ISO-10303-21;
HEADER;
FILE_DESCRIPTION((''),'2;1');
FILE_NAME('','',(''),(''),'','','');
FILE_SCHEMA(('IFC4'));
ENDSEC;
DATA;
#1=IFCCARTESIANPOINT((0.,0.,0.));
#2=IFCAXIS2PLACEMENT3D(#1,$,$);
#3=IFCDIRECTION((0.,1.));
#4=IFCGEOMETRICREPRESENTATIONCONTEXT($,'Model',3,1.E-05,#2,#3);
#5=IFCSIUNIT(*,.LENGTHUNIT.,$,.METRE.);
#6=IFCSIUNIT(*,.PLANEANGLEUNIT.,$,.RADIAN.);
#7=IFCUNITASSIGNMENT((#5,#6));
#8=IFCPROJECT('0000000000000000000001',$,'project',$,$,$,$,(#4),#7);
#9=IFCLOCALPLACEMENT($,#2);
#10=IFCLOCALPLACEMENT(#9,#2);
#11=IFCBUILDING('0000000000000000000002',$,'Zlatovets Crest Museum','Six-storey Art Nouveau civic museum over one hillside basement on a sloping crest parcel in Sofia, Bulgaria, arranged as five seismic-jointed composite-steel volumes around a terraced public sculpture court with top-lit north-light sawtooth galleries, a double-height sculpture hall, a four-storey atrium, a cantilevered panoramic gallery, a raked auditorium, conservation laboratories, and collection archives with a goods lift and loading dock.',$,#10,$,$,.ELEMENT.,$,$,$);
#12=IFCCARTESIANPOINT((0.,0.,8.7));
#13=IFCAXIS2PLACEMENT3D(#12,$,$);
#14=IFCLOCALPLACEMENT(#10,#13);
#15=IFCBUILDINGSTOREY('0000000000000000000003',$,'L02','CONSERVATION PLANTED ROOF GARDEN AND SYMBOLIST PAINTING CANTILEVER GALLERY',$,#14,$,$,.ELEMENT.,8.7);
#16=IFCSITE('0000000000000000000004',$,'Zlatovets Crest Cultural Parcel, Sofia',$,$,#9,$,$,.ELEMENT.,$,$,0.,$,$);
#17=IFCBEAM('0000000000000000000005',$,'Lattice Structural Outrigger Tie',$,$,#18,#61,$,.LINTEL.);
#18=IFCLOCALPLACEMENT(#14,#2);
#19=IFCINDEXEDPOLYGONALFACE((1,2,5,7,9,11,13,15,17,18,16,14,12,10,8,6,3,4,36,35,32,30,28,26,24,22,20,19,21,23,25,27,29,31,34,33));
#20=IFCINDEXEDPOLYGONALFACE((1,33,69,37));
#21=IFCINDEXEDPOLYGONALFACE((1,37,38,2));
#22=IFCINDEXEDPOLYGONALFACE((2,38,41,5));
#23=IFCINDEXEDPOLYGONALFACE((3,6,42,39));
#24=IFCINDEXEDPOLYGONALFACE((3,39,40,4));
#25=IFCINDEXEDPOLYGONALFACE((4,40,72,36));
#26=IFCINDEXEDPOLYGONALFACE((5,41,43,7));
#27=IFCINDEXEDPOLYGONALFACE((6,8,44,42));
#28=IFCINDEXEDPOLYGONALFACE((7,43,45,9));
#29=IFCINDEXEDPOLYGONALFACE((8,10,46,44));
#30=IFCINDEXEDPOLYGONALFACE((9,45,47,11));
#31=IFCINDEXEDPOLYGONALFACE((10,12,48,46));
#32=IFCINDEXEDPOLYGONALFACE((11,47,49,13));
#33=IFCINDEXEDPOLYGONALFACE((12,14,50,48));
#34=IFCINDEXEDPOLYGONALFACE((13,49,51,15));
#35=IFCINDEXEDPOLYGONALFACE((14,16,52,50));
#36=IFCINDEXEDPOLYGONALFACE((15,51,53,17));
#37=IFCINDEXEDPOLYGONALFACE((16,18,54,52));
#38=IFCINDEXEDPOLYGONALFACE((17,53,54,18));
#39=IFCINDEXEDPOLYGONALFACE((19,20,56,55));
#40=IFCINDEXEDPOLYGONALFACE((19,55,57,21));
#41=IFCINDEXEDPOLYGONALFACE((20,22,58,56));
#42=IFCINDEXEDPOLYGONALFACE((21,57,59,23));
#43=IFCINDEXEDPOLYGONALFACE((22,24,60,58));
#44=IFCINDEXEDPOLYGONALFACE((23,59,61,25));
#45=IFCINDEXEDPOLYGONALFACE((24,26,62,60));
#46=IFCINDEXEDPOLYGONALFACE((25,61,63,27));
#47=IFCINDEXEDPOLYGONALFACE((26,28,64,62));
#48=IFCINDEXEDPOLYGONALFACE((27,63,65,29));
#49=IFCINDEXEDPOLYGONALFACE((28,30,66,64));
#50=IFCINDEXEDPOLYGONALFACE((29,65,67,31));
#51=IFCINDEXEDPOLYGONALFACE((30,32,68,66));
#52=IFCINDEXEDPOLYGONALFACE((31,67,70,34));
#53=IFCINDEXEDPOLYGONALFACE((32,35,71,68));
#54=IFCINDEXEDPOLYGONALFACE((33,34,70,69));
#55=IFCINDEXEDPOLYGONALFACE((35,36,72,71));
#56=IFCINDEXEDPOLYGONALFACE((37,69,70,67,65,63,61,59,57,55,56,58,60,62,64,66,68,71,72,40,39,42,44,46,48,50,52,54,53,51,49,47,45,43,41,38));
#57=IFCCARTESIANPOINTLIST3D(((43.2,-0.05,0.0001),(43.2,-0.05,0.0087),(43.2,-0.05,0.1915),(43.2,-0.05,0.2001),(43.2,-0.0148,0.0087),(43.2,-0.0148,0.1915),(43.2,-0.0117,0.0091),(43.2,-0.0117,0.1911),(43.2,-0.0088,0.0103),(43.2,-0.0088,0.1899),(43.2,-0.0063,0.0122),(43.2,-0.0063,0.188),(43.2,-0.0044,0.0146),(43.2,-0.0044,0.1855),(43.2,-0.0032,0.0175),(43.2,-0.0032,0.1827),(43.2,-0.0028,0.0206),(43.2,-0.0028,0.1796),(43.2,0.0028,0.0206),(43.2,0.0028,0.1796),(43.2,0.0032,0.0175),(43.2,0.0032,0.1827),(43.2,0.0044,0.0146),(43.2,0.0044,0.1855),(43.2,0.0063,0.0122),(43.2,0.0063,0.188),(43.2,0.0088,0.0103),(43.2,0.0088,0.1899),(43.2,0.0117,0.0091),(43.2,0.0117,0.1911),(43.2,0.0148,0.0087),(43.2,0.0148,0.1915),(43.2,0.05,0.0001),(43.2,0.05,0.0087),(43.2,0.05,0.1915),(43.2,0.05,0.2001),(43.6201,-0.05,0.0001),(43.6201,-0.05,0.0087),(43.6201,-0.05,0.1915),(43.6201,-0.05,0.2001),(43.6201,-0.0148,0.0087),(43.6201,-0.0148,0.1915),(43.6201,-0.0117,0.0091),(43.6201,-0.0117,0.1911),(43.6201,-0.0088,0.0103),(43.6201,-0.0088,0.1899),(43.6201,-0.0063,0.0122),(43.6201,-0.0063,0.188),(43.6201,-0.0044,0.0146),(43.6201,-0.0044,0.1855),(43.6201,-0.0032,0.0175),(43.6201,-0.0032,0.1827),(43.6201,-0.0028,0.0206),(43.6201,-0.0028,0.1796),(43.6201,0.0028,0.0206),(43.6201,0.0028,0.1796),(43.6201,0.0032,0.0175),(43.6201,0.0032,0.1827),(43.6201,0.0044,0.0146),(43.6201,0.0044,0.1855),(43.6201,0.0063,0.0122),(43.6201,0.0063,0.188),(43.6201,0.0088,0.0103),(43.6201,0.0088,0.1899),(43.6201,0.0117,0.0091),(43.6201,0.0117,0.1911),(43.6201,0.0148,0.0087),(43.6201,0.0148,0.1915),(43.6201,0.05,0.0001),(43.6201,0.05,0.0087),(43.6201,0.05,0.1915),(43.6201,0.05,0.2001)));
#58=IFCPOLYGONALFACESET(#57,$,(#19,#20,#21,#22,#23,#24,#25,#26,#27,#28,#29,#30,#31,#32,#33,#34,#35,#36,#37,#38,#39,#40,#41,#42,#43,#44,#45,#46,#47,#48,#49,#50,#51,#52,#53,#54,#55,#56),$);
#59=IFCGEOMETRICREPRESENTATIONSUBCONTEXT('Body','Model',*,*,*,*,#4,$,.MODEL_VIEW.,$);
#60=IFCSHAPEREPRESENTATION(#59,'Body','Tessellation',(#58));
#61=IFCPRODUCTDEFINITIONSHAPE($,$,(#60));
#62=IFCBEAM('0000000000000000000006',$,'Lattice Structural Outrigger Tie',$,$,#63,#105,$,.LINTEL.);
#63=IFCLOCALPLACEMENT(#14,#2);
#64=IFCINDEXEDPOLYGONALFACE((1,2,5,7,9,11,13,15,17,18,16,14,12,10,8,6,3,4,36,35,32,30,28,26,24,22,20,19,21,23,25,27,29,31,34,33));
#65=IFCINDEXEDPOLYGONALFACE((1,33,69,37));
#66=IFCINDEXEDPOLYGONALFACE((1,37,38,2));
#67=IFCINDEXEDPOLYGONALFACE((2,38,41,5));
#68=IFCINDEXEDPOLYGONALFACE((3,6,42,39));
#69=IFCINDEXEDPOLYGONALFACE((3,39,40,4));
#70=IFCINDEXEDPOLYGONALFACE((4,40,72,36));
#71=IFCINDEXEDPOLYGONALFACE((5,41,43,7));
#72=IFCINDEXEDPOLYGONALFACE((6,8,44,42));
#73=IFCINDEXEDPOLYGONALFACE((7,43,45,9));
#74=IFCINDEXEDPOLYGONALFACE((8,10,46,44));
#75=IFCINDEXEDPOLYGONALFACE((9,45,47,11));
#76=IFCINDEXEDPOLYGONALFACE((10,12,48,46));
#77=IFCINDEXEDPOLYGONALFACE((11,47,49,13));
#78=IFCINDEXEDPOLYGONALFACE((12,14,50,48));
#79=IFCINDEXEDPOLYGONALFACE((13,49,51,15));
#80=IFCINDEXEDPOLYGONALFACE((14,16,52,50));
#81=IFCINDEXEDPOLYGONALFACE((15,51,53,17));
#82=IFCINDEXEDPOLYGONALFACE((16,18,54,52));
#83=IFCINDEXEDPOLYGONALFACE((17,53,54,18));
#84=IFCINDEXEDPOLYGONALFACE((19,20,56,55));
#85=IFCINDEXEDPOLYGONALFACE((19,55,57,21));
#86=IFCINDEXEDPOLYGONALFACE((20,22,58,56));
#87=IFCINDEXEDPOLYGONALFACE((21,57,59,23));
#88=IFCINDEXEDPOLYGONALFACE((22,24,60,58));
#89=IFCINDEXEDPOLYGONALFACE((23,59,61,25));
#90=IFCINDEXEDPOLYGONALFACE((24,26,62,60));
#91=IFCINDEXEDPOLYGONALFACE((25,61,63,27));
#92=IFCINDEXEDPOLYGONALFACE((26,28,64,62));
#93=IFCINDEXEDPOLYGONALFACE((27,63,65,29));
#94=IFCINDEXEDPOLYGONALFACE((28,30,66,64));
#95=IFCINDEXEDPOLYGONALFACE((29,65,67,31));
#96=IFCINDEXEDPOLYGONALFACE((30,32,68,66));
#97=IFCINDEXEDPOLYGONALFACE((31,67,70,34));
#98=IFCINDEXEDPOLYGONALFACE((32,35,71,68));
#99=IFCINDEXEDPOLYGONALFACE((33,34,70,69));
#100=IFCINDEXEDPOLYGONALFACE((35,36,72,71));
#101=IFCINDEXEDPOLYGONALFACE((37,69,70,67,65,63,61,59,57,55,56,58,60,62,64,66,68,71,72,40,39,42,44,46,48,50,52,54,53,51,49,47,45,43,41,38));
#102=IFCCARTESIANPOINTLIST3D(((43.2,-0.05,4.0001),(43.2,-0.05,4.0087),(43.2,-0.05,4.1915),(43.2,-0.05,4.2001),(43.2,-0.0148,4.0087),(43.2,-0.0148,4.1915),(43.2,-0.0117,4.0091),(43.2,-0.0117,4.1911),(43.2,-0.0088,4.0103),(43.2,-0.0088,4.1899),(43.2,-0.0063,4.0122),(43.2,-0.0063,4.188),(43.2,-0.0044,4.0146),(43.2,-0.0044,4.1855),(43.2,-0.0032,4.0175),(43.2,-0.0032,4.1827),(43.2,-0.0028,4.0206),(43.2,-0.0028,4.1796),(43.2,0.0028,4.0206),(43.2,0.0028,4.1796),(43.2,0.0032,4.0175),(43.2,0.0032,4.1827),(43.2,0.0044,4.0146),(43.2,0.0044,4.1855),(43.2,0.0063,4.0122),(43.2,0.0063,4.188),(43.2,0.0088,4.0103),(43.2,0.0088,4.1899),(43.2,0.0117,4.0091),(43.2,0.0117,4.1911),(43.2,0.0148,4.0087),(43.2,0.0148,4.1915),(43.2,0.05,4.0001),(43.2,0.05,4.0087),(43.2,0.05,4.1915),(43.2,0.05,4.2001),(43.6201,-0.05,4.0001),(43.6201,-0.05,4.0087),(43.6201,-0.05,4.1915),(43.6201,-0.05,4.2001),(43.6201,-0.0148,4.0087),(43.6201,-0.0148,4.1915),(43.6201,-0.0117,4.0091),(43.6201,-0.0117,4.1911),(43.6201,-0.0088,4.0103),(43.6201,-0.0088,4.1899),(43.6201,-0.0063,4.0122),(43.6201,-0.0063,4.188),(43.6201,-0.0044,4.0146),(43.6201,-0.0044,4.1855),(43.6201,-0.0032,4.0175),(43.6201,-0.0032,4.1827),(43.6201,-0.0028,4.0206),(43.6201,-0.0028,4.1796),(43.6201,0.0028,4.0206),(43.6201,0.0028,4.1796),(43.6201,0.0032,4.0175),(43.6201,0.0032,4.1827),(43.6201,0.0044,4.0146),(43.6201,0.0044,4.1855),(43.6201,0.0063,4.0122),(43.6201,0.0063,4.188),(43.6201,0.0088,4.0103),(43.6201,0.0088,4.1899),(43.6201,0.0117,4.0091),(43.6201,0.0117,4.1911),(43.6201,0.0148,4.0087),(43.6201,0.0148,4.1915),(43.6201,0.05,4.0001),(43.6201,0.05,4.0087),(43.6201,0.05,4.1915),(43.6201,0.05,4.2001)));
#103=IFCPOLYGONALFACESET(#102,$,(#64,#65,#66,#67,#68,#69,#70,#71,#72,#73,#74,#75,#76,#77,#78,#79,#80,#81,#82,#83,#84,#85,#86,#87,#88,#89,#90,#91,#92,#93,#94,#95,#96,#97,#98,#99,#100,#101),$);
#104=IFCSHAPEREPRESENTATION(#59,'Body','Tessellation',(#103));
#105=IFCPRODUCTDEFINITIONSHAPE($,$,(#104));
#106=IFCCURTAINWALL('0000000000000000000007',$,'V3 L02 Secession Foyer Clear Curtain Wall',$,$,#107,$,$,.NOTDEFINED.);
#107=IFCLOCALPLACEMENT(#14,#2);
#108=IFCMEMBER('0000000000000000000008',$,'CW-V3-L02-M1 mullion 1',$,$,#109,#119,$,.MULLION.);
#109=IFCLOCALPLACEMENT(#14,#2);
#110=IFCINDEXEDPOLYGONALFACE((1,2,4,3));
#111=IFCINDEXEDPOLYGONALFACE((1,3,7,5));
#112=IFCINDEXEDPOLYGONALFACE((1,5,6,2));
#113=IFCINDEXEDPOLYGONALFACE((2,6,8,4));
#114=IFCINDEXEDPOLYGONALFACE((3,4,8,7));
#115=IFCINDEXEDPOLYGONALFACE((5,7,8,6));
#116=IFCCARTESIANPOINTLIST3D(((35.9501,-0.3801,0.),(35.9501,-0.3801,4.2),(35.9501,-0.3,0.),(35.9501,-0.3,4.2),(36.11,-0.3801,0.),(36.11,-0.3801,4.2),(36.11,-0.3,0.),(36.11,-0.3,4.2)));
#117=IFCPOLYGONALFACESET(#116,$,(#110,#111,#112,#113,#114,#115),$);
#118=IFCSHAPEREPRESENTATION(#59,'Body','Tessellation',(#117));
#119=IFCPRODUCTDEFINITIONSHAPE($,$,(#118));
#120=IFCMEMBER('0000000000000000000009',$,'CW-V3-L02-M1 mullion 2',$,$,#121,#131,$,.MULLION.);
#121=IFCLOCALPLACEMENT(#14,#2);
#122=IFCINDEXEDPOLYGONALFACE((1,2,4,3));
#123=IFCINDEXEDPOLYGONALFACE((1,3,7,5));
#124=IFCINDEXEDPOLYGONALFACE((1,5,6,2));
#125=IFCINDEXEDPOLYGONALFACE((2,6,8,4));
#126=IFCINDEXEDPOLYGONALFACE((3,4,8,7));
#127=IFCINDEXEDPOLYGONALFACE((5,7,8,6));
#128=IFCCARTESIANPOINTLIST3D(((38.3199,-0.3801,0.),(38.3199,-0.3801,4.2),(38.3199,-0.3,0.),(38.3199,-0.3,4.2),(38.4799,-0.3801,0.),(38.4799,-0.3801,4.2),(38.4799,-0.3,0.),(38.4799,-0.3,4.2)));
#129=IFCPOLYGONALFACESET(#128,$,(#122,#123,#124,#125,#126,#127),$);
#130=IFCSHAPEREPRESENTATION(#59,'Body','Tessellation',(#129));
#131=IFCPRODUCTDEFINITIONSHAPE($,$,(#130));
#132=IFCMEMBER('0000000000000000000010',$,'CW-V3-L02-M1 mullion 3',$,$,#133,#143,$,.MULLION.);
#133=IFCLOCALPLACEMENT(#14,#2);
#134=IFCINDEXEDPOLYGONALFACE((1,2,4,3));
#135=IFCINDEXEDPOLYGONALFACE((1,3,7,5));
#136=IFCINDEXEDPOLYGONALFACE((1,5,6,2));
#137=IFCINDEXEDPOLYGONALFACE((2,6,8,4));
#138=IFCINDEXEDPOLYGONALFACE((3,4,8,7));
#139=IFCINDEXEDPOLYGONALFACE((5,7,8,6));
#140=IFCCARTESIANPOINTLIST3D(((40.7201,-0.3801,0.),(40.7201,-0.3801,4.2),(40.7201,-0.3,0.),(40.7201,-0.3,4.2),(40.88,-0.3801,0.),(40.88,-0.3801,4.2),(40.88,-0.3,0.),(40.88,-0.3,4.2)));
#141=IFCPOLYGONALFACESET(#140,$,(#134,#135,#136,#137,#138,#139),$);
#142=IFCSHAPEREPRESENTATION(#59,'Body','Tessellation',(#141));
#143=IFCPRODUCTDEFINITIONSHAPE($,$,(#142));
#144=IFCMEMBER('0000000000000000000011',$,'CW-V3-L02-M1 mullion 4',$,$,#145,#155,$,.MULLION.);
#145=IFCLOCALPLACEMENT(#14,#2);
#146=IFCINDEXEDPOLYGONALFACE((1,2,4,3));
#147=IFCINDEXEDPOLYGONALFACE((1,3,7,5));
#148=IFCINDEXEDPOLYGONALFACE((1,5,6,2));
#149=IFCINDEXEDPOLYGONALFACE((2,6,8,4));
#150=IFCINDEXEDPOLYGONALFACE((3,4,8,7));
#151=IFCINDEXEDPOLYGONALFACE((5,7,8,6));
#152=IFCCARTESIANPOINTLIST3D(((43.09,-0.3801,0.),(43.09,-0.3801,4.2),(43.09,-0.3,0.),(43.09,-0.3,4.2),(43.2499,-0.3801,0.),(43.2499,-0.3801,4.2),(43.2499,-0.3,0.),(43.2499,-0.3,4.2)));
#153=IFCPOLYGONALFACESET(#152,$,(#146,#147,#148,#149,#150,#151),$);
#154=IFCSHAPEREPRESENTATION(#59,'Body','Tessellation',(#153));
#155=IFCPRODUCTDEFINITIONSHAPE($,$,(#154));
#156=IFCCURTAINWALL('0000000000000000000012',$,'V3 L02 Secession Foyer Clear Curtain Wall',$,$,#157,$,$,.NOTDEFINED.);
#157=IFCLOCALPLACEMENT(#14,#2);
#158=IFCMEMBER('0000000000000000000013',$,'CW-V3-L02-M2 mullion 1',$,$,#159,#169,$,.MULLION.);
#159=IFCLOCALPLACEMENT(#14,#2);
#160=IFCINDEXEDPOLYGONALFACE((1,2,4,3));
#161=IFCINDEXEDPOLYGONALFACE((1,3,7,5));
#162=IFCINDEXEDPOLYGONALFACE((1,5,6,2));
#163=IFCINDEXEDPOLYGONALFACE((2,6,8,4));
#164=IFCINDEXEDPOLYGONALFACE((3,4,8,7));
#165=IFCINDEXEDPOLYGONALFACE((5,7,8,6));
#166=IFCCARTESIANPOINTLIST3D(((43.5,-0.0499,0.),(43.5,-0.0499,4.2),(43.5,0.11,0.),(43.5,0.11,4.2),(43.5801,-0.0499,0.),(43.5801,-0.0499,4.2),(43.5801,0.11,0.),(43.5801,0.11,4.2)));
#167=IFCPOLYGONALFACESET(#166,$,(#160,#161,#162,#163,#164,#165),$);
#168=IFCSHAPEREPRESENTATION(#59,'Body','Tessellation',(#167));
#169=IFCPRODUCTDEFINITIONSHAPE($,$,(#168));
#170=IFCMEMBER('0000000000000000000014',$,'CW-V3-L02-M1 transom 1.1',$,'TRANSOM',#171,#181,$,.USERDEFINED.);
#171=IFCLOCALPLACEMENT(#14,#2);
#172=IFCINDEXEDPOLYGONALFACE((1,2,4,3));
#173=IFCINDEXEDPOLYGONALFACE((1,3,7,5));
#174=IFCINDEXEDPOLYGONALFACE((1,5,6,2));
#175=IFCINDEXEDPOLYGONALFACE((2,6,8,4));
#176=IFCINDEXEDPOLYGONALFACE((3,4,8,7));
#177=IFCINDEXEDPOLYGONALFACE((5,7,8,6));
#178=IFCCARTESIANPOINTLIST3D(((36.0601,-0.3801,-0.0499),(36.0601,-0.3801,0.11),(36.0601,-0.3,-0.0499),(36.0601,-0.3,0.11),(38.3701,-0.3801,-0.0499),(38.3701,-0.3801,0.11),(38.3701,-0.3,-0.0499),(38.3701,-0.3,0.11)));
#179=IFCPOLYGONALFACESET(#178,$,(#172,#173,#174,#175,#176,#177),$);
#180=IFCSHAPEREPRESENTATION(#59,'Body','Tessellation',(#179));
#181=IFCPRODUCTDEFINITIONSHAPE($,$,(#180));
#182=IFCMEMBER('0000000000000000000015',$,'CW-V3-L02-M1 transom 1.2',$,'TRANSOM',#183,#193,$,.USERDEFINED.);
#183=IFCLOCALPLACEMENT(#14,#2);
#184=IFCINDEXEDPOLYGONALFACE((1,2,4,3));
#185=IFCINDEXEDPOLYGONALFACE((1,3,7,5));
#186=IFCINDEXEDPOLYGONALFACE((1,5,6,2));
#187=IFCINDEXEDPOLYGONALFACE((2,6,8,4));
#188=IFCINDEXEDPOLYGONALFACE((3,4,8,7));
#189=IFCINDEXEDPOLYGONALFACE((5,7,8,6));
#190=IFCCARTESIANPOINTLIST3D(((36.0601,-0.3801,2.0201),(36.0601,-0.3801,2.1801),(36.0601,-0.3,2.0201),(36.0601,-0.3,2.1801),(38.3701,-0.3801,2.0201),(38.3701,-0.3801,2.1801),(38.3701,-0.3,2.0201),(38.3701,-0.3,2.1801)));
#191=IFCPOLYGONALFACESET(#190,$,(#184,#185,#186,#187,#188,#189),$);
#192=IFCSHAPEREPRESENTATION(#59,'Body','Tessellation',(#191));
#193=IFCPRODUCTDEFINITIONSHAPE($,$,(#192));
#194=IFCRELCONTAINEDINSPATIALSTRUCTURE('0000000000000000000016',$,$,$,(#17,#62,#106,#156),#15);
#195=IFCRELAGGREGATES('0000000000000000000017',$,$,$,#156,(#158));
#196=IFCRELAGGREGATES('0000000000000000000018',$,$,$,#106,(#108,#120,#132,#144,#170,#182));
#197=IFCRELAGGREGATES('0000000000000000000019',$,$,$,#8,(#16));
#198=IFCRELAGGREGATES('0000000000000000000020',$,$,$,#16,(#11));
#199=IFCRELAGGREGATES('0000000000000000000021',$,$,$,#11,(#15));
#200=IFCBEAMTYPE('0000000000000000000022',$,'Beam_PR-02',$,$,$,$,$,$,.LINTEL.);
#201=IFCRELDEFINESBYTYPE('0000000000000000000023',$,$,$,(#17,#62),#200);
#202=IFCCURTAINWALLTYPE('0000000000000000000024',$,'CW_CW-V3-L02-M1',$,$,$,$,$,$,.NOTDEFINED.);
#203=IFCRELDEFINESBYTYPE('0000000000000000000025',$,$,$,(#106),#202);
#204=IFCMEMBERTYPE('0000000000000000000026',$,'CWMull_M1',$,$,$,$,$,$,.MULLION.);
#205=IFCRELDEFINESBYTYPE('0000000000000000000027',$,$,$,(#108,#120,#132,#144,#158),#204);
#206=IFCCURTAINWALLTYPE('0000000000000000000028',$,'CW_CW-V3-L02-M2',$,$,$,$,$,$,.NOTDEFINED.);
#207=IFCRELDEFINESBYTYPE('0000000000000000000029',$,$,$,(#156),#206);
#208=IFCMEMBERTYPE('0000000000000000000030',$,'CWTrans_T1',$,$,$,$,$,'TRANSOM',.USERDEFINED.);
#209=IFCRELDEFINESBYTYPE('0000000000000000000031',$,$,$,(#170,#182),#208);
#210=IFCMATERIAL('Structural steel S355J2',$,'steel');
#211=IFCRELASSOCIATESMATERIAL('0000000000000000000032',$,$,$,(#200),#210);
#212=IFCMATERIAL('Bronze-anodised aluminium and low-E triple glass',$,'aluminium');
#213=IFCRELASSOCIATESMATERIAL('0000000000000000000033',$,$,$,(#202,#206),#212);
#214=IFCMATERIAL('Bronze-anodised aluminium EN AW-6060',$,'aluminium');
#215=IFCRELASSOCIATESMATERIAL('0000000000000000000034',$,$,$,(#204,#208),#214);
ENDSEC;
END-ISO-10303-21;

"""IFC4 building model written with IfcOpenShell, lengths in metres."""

from ifc_helpers import new_model, si_unit, direction, frame, origin, origin_2d, place, context, subcontext, project, spatial, rectangle, i_section, extrude, material, material_profile, profile_set, type_object, element, aggregate, save


model = new_model("IFC4")

# Units and contexts
model_context = context("Model", 3, precision=1e-05, world=origin(), true_north=direction((0.0, 1.0)))
body_context = subcontext(model_context, "Body", "Model", "MODEL_VIEW")
ifc_project = project(units=[si_unit("LENGTHUNIT", "METRE"), si_unit("PLANEANGLEUNIT", "RADIAN")], contexts=[model_context])

# Site, building, storey
site_placement = place(None, origin())
site = spatial("IfcSite", under=ifc_project, at=site_placement, Name="Zlatovets Crest Cultural Parcel, Sofia", CompositionType="ELEMENT", RefElevation=0.0)
building_placement = place(site_placement, origin())
building = spatial("IfcBuilding", under=site, at=building_placement, Name="Zlatovets Crest Museum", Description="Six-storey Art Nouveau civic museum over one hillside basement on a sloping crest parcel in Sofia, Bulgaria, arranged as five seismic-jointed composite-steel volumes around a terraced public sculpture court with top-lit north-light sawtooth galleries, a double-height sculpture hall, a four-storey atrium, a cantilevered panoramic gallery, a raked auditorium, conservation laboratories, and collection archives with a goods lift and loading dock.", CompositionType="ELEMENT")
storey_placement = place(building_placement, frame((0.0, 0.0, 8.7)))
storey = spatial("IfcBuildingStorey", under=building, at=storey_placement, Name="L02", Description="CONSERVATION PLANTED ROOF GARDEN AND SYMBOLIST PAINTING CANTILEVER GALLERY", CompositionType="ELEMENT", Elevation=8.7)

# Shared definitions
ifc_material_1 = material(Name="Structural steel S355J2", Category="steel")

# Beams
ifc_material_profile_1 = material_profile(ifc_material_1, i_section(OverallWidth=0.1001, OverallDepth=0.2, WebThickness=0.0056, FlangeThickness=0.0085, FilletRadius=0.012, at=origin_2d()), Name="IPE 200")
ifc_profile_set_1 = profile_set([ifc_material_profile_1], Name="Structural steel S355J2")
beam_type_1 = type_object("IfcBeamType", Name="Beam_PR-02", PredefinedType="LINTEL", material=ifc_profile_set_1)
for number, where, z_axis, x_axis, name in (
    (1, (43.2, 0.0, 0.1001), (1.0, 0.0, 0.0), (0.0, 1.0, 0.0), "Lattice Structural Outrigger Tie"),
    (2, (43.2, 0.0, 4.1001), (1.0, 0.0, 0.0), (0.0, 1.0, 0.0), "Lattice Structural Outrigger Tie"),
):
    element("IfcBeam", number, at=place(storey_placement, frame(where, z_axis=z_axis, x_axis=x_axis)), inside=storey, type_object=beam_type_1, Name=name, PredefinedType="LINTEL", context=body_context, shape_type="SweptSolid", body=[
        extrude(i_section(OverallWidth=0.1001, OverallDepth=0.2, WebThickness=0.0056, FlangeThickness=0.0085, FilletRadius=0.012, at=origin_2d()), origin(), (0.0, 0.0, 1.0), 0.4202),
    ])

# Curtain wall, members
ifc_material_2 = material(Name="Bronze-anodised aluminium and low-E triple glass", Category="aluminium")
curtain_wall_type_1 = type_object("IfcCurtainWallType", Name="CW_CW-V3-L02-M1", PredefinedType="NOTDEFINED", material=ifc_material_2)
curtain_wall_1_placement = place(storey_placement, origin())
curtain_wall_1 = element("IfcCurtainWall", 3, at=curtain_wall_1_placement, inside=storey, type_object=curtain_wall_type_1, Name="V3 L02 Secession Foyer Clear Curtain Wall", PredefinedType="NOTDEFINED")
ifc_material_3 = material(Name="Bronze-anodised aluminium EN AW-6060", Category="aluminium")
ifc_material_profile_2 = material_profile(ifc_material_3, rectangle(XDim=0.0801, YDim=0.1599, at=origin_2d()), Name="ALU 80x160")
ifc_profile_set_2 = profile_set([ifc_material_profile_2], Name="Bronze-anodised aluminium EN AW-6060")
member_type_1 = type_object("IfcMemberType", Name="CWMull_M1", PredefinedType="MULLION", material=ifc_profile_set_2)
member_1_placement = place(storey_placement, frame((36.03, -0.3401, 0.0), z_axis=(0.0, 0.0, 1.0), x_axis=(0.0, 1.0, 0.0)))
member_1 = element("IfcMember", 4, at=member_1_placement, type_object=member_type_1, Name="CW-V3-L02-M1 mullion 1", PredefinedType="MULLION", context=body_context, shape_type="SweptSolid", body=[
    extrude(rectangle(XDim=0.0801, YDim=0.1599, at=origin_2d()), origin(), (0.0, 0.0, 1.0), 4.2),
])
member_2_placement = place(storey_placement, frame((38.3999, -0.3401, 0.0), z_axis=(0.0, 0.0, 1.0), x_axis=(0.0, 1.0, 0.0)))
member_2 = element("IfcMember", 5, at=member_2_placement, type_object=member_type_1, Name="CW-V3-L02-M1 mullion 2", PredefinedType="MULLION", context=body_context, shape_type="SweptSolid", body=[
    extrude(rectangle(XDim=0.0801, YDim=0.1599, at=origin_2d()), origin(), (0.0, 0.0, 1.0), 4.2),
])
member_3_placement = place(storey_placement, frame((40.8, -0.3401, 0.0), z_axis=(0.0, 0.0, 1.0), x_axis=(0.0, 1.0, 0.0)))
member_3 = element("IfcMember", 6, at=member_3_placement, type_object=member_type_1, Name="CW-V3-L02-M1 mullion 3", PredefinedType="MULLION", context=body_context, shape_type="SweptSolid", body=[
    extrude(rectangle(XDim=0.0801, YDim=0.1599, at=origin_2d()), origin(), (0.0, 0.0, 1.0), 4.2),
])
member_4_placement = place(storey_placement, frame((43.1699, -0.3401, 0.0), z_axis=(0.0, 0.0, 1.0), x_axis=(0.0, 1.0, 0.0)))
member_4 = element("IfcMember", 7, at=member_4_placement, type_object=member_type_1, Name="CW-V3-L02-M1 mullion 4", PredefinedType="MULLION", context=body_context, shape_type="SweptSolid", body=[
    extrude(rectangle(XDim=0.0801, YDim=0.1599, at=origin_2d()), origin(), (0.0, 0.0, 1.0), 4.2),
])

# Curtain wall, member
curtain_wall_type_2 = type_object("IfcCurtainWallType", Name="CW_CW-V3-L02-M2", PredefinedType="NOTDEFINED", material=ifc_material_2)
curtain_wall_2_placement = place(storey_placement, origin())
curtain_wall_2 = element("IfcCurtainWall", 8, at=curtain_wall_2_placement, inside=storey, type_object=curtain_wall_type_2, Name="V3 L02 Secession Foyer Clear Curtain Wall", PredefinedType="NOTDEFINED")
member_5_placement = place(storey_placement, frame((43.54, 0.03, 0.0), z_axis=(0.0, 0.0, 1.0), x_axis=(-1.0, 0.0, 0.0)))
member_5 = element("IfcMember", 9, at=member_5_placement, type_object=member_type_1, Name="CW-V3-L02-M2 mullion 1", PredefinedType="MULLION", context=body_context, shape_type="SweptSolid", body=[
    extrude(rectangle(XDim=0.0801, YDim=0.1599, at=origin_2d()), origin(), (0.0, 0.0, 1.0), 4.2),
])

# Members
ifc_material_profile_3 = material_profile(ifc_material_3, rectangle(XDim=0.0801, YDim=0.1599, at=origin_2d()), Name="ALU 80x160")
ifc_profile_set_3 = profile_set([ifc_material_profile_3], Name="Bronze-anodised aluminium EN AW-6060")
member_type_2 = type_object("IfcMemberType", Name="CWTrans_T1", ElementType="TRANSOM", PredefinedType="USERDEFINED", material=ifc_profile_set_3)
member_6_placement = place(storey_placement, frame((36.0601, -0.3401, 0.03), z_axis=(1.0, 0.0, 0.0), x_axis=(0.0, 1.0, 0.0)))
member_6 = element("IfcMember", 10, at=member_6_placement, type_object=member_type_2, Name="CW-V3-L02-M1 transom 1.1", ObjectType="TRANSOM", PredefinedType="USERDEFINED", context=body_context, shape_type="SweptSolid", body=[
    extrude(rectangle(XDim=0.0801, YDim=0.1599, at=origin_2d()), origin(), (0.0, 0.0, 1.0), 2.3101),
])
member_7_placement = place(storey_placement, frame((36.0601, -0.3401, 2.1001), z_axis=(1.0, 0.0, 0.0), x_axis=(0.0, 1.0, 0.0)))
member_7 = element("IfcMember", 11, at=member_7_placement, type_object=member_type_2, Name="CW-V3-L02-M1 transom 1.2", ObjectType="TRANSOM", PredefinedType="USERDEFINED", context=body_context, shape_type="SweptSolid", body=[
    extrude(rectangle(XDim=0.0801, YDim=0.1599, at=origin_2d()), origin(), (0.0, 0.0, 1.0), 2.3101),
])
aggregate(curtain_wall_2, [member_5])

aggregate(curtain_wall_1, [member_1, member_2, member_3, member_4, member_6, member_7])

save(model, "model.ifc")
